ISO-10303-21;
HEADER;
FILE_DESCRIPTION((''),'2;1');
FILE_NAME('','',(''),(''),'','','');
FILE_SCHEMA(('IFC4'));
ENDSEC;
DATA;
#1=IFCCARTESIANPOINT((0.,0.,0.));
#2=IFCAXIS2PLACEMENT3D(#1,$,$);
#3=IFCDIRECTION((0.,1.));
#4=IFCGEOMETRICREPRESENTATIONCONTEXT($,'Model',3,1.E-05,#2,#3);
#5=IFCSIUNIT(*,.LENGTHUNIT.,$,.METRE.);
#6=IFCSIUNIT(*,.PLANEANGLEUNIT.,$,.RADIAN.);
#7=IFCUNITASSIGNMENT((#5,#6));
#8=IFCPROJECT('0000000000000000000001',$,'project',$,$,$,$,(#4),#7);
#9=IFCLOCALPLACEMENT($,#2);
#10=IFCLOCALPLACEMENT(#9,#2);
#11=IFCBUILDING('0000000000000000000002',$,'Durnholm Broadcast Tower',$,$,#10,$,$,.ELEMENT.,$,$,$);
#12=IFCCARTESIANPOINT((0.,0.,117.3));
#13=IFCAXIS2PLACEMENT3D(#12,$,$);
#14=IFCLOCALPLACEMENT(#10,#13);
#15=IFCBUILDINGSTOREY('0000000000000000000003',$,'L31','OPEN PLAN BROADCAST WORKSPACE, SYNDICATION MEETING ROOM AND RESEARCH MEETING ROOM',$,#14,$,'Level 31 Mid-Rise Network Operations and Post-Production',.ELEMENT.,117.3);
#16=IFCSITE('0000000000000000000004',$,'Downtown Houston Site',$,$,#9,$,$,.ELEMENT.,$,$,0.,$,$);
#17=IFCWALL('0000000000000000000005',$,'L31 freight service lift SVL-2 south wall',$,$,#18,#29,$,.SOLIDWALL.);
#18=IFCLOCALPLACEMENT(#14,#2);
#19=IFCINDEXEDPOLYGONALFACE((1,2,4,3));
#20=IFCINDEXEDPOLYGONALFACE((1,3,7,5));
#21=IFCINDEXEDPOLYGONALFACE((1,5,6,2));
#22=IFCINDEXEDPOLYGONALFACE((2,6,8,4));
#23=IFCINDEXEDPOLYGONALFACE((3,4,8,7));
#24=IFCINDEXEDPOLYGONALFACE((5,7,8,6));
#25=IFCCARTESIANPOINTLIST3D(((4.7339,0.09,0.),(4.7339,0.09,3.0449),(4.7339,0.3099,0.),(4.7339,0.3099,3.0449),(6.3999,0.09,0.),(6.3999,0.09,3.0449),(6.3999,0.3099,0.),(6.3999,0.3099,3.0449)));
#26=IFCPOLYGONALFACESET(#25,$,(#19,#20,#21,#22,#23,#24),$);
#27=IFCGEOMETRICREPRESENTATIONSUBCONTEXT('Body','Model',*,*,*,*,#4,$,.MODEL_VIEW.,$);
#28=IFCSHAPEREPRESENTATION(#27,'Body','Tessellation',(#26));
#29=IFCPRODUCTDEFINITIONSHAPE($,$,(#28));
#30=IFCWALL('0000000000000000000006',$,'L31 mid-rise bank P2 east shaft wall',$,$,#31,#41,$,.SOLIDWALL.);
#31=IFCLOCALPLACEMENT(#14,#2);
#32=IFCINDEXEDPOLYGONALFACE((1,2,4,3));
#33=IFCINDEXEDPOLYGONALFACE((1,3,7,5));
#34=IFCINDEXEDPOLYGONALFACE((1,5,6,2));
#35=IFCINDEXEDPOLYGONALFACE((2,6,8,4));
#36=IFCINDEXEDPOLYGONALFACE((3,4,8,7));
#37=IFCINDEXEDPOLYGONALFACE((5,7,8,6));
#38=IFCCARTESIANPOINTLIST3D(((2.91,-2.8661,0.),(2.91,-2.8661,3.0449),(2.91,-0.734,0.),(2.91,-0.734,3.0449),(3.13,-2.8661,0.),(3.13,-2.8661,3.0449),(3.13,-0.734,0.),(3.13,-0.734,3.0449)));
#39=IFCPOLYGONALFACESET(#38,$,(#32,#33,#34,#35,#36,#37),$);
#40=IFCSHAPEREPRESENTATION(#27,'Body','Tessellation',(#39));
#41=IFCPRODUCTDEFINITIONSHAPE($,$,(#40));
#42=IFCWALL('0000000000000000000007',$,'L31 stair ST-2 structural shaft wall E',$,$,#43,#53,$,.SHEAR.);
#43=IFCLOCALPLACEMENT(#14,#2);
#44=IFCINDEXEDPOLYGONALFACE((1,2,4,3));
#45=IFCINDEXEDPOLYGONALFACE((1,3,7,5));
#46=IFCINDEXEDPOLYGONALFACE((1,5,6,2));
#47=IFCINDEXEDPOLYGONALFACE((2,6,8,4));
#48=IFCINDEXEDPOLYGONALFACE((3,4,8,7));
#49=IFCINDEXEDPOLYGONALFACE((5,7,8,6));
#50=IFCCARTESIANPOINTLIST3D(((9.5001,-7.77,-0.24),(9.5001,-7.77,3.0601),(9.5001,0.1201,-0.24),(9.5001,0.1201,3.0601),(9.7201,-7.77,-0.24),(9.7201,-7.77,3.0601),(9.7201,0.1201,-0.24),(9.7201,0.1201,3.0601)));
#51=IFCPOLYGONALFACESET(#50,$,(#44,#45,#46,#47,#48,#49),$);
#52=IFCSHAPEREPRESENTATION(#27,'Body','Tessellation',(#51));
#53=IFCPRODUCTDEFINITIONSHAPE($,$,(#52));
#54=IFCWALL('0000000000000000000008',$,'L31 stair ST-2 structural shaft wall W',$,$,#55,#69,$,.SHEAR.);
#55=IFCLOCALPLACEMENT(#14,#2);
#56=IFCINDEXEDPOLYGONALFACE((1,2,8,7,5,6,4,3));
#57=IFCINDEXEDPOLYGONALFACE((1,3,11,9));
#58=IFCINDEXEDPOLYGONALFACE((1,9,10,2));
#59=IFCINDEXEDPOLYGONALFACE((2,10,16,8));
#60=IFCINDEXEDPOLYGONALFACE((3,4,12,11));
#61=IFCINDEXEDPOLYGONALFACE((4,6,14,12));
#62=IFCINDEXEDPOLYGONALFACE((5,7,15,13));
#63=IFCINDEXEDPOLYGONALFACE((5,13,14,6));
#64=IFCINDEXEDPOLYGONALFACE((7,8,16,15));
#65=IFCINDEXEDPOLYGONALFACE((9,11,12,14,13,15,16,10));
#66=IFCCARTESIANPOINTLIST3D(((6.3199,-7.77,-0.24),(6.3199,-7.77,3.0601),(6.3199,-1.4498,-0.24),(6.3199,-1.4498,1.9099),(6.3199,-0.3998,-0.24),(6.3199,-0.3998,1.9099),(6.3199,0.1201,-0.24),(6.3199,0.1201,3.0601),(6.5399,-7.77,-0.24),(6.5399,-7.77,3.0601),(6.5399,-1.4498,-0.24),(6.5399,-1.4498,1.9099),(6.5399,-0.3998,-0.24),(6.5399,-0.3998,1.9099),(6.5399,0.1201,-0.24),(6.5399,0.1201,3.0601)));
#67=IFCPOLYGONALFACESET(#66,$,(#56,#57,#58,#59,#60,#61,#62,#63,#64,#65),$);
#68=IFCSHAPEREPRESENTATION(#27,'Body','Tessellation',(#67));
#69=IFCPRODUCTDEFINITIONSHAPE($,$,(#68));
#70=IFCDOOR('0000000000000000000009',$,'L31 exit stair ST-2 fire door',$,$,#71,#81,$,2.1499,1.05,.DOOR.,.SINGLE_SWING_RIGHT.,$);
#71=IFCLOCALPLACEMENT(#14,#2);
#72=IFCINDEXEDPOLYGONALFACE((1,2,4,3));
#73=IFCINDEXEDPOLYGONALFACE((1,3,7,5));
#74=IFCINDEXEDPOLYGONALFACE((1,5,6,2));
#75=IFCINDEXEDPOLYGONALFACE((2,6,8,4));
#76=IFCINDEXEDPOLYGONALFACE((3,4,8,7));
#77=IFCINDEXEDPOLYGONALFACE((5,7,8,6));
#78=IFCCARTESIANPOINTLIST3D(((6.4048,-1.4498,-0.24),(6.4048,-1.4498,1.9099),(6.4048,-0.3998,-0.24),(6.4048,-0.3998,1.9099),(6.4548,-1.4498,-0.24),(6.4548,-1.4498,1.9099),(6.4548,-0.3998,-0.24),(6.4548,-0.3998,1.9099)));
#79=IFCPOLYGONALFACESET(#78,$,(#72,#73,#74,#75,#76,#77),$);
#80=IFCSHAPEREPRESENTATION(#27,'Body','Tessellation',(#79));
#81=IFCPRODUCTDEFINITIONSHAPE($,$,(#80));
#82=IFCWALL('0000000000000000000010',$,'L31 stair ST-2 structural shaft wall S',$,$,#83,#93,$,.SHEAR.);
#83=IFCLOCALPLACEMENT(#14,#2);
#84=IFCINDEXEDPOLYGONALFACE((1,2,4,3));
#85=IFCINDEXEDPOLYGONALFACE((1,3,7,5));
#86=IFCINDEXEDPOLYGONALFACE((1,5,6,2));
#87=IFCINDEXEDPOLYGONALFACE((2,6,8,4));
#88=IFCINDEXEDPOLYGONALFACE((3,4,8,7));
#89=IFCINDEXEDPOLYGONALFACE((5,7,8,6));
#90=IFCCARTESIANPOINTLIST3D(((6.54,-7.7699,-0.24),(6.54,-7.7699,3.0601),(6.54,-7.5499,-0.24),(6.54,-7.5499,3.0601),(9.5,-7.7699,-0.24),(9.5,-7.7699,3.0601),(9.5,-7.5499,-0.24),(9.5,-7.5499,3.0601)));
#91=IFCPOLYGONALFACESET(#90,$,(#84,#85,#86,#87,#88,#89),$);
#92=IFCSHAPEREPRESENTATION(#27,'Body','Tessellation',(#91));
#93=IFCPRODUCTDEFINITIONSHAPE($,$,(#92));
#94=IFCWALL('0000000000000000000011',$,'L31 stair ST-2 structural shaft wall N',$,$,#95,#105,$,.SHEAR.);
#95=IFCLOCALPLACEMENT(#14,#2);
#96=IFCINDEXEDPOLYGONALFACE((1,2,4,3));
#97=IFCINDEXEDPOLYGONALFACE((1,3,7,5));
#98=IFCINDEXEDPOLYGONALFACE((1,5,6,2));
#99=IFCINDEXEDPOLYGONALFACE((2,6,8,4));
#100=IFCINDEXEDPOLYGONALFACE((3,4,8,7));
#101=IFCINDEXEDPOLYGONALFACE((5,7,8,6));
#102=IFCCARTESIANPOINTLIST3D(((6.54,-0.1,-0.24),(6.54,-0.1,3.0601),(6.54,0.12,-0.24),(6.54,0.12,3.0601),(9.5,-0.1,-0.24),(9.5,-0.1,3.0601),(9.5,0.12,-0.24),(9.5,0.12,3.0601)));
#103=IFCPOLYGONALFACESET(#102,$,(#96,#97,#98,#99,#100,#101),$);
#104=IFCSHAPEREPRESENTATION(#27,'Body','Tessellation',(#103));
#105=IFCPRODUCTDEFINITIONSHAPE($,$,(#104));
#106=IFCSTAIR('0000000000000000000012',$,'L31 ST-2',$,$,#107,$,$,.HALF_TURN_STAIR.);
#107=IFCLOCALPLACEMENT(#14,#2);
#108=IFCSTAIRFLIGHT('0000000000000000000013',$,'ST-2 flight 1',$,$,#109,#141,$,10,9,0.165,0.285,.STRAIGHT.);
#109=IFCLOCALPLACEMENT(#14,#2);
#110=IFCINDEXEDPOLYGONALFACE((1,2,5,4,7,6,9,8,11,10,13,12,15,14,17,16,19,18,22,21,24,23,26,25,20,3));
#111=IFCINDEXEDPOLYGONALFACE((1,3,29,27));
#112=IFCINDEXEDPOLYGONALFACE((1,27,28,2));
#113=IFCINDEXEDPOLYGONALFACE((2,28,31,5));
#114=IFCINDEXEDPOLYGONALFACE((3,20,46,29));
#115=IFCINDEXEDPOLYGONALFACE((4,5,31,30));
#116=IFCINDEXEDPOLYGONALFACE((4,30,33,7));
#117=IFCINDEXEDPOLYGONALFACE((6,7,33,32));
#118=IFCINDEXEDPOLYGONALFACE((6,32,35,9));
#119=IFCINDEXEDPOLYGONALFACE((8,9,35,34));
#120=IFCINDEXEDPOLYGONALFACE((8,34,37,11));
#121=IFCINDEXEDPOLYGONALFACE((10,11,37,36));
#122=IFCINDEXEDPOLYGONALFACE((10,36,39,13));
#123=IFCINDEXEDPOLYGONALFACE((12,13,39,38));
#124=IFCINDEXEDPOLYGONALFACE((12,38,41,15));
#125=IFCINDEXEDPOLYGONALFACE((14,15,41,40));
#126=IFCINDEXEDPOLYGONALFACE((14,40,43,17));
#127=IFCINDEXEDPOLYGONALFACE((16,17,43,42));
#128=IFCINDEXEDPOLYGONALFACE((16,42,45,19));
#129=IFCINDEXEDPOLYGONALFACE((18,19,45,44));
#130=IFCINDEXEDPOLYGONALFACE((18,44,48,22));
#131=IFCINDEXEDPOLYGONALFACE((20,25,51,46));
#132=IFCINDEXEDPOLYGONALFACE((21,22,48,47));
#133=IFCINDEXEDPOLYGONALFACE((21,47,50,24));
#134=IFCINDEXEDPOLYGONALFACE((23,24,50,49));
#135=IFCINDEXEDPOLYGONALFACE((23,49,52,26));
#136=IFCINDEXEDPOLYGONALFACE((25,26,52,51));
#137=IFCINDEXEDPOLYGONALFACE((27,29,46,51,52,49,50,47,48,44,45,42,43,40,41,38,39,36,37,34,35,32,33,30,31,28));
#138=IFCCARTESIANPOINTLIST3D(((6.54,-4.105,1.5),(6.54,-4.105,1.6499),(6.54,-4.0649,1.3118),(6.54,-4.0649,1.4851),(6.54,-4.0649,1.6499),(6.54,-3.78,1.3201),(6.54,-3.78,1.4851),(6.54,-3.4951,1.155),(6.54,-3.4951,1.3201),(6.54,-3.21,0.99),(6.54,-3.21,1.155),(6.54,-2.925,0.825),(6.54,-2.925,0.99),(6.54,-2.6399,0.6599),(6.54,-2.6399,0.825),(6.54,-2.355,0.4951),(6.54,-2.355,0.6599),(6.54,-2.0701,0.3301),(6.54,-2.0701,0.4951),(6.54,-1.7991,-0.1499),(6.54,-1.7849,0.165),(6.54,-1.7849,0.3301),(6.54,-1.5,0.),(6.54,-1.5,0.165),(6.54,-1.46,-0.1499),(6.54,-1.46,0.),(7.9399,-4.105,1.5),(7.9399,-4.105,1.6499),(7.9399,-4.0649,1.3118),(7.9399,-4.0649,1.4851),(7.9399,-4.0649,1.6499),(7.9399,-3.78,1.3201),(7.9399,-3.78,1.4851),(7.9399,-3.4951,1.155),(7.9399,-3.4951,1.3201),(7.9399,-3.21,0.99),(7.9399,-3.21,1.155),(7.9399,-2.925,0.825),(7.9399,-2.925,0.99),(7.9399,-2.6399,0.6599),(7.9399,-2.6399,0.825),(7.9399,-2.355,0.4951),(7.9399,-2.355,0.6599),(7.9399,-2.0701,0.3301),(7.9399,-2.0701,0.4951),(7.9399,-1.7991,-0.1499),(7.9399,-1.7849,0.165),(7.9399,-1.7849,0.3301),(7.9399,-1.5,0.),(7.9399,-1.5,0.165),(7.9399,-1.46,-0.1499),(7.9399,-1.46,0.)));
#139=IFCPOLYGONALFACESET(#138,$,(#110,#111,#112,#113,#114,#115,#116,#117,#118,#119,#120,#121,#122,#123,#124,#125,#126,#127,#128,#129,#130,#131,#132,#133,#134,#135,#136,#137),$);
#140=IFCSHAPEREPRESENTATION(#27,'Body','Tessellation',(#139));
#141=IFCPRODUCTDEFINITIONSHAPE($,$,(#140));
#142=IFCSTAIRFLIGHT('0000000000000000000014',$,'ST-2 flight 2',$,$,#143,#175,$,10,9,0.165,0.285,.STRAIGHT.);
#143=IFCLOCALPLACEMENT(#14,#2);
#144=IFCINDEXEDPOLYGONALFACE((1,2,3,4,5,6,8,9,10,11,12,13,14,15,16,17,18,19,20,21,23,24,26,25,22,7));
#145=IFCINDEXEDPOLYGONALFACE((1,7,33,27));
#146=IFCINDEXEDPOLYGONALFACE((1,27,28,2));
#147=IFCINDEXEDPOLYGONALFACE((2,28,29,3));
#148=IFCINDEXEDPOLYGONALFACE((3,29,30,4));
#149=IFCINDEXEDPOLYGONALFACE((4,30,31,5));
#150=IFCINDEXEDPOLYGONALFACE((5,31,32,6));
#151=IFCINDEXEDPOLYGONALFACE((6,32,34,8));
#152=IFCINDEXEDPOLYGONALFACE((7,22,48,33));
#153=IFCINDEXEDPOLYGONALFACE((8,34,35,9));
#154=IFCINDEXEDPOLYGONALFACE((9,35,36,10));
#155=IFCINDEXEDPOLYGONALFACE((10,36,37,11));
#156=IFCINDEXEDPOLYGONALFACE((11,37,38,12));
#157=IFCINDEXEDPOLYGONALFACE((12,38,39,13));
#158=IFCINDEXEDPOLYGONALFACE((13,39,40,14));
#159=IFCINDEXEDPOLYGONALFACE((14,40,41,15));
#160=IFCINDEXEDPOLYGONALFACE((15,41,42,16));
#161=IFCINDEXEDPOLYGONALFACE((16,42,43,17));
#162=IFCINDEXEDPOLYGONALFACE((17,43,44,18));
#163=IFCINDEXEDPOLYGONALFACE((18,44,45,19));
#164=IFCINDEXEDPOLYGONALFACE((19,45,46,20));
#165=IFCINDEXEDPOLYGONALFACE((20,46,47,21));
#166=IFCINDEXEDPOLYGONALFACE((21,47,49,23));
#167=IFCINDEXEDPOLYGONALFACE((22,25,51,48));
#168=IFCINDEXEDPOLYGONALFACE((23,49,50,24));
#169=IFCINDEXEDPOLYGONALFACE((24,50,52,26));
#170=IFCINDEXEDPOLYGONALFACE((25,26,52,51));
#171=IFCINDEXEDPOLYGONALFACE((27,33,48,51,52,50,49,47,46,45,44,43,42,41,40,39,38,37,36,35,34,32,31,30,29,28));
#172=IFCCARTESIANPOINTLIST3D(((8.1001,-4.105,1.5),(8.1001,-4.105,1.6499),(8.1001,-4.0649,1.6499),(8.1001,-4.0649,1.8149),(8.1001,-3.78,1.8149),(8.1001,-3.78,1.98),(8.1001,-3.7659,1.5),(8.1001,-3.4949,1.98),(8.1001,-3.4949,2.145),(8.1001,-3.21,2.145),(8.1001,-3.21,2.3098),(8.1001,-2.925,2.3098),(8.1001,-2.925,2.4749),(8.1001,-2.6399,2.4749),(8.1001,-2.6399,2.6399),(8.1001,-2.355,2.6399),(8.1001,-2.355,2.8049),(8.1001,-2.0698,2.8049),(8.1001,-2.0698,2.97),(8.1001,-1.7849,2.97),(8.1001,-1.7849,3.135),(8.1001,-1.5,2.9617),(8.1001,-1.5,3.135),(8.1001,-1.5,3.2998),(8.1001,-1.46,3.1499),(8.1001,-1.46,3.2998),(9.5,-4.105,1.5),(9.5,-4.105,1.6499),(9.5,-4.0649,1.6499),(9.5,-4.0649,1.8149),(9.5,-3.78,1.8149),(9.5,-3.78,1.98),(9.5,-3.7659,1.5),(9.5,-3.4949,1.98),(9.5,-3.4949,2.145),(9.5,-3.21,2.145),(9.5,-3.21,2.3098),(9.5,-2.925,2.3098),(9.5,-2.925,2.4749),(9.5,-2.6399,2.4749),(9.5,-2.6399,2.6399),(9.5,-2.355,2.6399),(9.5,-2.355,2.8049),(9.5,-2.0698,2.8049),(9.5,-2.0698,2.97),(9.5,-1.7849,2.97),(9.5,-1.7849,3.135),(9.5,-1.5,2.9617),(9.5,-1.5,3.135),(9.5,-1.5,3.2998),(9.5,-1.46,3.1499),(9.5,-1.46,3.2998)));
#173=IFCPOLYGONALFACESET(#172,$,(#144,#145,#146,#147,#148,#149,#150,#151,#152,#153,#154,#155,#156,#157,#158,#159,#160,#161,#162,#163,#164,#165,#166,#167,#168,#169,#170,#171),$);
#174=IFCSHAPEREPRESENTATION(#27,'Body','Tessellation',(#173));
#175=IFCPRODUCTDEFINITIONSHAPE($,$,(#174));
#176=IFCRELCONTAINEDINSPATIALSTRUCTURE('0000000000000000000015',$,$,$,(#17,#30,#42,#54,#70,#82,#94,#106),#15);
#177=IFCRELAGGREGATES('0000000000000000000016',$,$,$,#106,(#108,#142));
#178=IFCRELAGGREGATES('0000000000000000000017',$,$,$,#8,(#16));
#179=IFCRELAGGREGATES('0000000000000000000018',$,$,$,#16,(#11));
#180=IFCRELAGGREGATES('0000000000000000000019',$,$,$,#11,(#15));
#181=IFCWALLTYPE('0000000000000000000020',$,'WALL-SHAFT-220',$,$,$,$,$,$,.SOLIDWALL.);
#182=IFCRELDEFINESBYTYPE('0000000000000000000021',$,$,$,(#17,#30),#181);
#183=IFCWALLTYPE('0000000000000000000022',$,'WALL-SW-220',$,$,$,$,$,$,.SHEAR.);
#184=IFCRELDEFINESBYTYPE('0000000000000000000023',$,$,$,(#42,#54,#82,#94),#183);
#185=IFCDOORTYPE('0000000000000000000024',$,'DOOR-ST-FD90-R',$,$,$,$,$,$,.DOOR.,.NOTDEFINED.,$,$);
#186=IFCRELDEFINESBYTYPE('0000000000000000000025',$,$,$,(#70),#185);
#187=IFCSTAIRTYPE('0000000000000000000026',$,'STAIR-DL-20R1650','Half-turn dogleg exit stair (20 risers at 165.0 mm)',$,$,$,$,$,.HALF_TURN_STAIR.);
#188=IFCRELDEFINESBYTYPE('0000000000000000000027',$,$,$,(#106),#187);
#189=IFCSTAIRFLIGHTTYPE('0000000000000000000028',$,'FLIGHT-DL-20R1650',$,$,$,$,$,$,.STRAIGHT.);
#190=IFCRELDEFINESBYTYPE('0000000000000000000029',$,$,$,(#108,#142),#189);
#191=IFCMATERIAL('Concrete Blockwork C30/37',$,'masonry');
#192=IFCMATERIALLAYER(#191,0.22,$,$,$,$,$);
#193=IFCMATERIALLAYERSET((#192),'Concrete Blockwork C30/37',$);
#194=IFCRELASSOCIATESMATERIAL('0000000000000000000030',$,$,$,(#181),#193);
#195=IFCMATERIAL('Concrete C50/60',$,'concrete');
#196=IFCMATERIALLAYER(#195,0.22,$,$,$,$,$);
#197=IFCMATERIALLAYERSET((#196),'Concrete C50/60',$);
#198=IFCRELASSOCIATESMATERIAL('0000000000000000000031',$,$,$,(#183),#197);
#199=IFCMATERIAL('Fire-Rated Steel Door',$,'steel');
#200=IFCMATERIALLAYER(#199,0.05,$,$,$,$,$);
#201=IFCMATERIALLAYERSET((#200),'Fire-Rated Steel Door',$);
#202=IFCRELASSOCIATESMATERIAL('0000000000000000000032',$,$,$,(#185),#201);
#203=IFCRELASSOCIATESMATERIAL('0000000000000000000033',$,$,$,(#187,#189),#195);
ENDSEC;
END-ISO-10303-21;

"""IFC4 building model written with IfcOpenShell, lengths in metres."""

from ifc_helpers import new_model, si_unit, direction, frame, frame_2d, origin, place, context, subcontext, project, spatial, polyline, rectangle, outline, extrude, source, transform, mapped, material, layer, layer_set, type_object, type_shapes, element, fill, aggregate, save


model = new_model("IFC4")

# Units and contexts
model_context = context("Model", 3, precision=1e-05, world=origin(), true_north=direction((0.0, 1.0)))
body_context = subcontext(model_context, "Body", "Model", "MODEL_VIEW")
ifc_project = project(units=[si_unit("LENGTHUNIT", "METRE"), si_unit("PLANEANGLEUNIT", "RADIAN")], contexts=[model_context])

# Site, building, storey
site_placement = place(None, origin())
site = spatial("IfcSite", under=ifc_project, at=site_placement, Name="Downtown Houston Site", CompositionType="ELEMENT", RefElevation=0.0)
building_placement = place(site_placement, origin())
building = spatial("IfcBuilding", under=site, at=building_placement, Name="Durnholm Broadcast Tower", CompositionType="ELEMENT")
storey_placement = place(building_placement, frame((0.0, 0.0, 117.3)))
storey = spatial("IfcBuildingStorey", under=building, at=storey_placement, Name="L31", Description="OPEN PLAN BROADCAST WORKSPACE, SYNDICATION MEETING ROOM AND RESEARCH MEETING ROOM", LongName="Level 31 Mid-Rise Network Operations and Post-Production", CompositionType="ELEMENT", Elevation=117.3)

# Walls
ifc_material_1 = material(Name="Concrete Blockwork C30/37", Category="masonry")
ifc_layer_1 = layer(ifc_material_1, 0.22)
ifc_layer_set_1 = layer_set([ifc_layer_1], Name="Concrete Blockwork C30/37")
wall_type_1 = type_object("IfcWallType", Name="WALL-SHAFT-220", PredefinedType="SOLIDWALL", material=ifc_layer_set_1)
wall_1_placement = place(storey_placement, frame((4.7339, 0.2, 0.0), z_axis=(0.0, 0.0, 1.0), x_axis=(1.0, 0.0, 0.0)))
element("IfcWall", 1, at=wall_1_placement, inside=storey, type_object=wall_type_1, Name="L31 freight service lift SVL-2 south wall", PredefinedType="SOLIDWALL", context=body_context, shape_type="SweptSolid", body=[
    extrude(rectangle(XDim=1.666, YDim=0.22, at=frame_2d((0.833, 0.0))), origin(), (0.0, 0.0, 1.0), 3.0449),
])
wall_2_placement = place(storey_placement, frame((3.02, -2.866, 0.0), z_axis=(0.0, 0.0, 1.0), x_axis=(0.0, 1.0, 0.0)))
element("IfcWall", 2, at=wall_2_placement, inside=storey, type_object=wall_type_1, Name="L31 mid-rise bank P2 east shaft wall", PredefinedType="SOLIDWALL", context=body_context, shape_type="SweptSolid", body=[
    extrude(rectangle(XDim=2.1321, YDim=0.22, at=frame_2d((1.0659, 0.0))), origin(), (0.0, 0.0, 1.0), 3.0449),
])
ifc_material_2 = material(Name="Concrete C50/60", Category="concrete")
ifc_layer_2 = layer(ifc_material_2, 0.22)
ifc_layer_set_2 = layer_set([ifc_layer_2], Name="Concrete C50/60")
wall_type_2 = type_object("IfcWallType", Name="WALL-SW-220", PredefinedType="SHEAR", material=ifc_layer_set_2)
wall_3_placement = place(storey_placement, frame((9.6101, -7.77, -0.24), z_axis=(0.0, 0.0, 1.0), x_axis=(0.0, 1.0, 0.0)))
element("IfcWall", 3, at=wall_3_placement, inside=storey, type_object=wall_type_2, Name="L31 stair ST-2 structural shaft wall E", PredefinedType="SHEAR", context=body_context, shape_type="SweptSolid", body=[
    extrude(rectangle(XDim=7.8901, YDim=0.22, at=frame_2d((3.9451, 0.0))), origin(), (0.0, 0.0, 1.0), 3.3),
])

# Wall, opening, door
wall_4_placement = place(storey_placement, frame((6.4299, 0.1201, -0.24), z_axis=(0.0, 0.0, 1.0), x_axis=(0.0, -1.0, 0.0)))
wall_4 = element("IfcWall", 4, at=wall_4_placement, inside=storey, type_object=wall_type_2, Name="L31 stair ST-2 structural shaft wall W", PredefinedType="SHEAR", context=body_context, shape_type="SweptSolid", body=[
    extrude(rectangle(XDim=7.8901, YDim=0.22, at=frame_2d((3.9451, 0.0))), origin(), (0.0, 0.0, 1.0), 3.3),
])
opening_1_placement = place(wall_4_placement, frame((0.52, 0.0, 0.0)))
opening_1 = element("IfcOpeningElement", 5, at=opening_1_placement, cuts=wall_4, PredefinedType="OPENING", context=body_context, shape_type="SweptSolid", body=[
    extrude(rectangle(XDim=1.05, YDim=2.1499, at=frame_2d((0.5249, 1.075))), frame((0.0, 0.1201, 0.0), z_axis=(0.0, -1.0, 0.0), x_axis=(1.0, 0.0, 0.0)), (0.0, 0.0, 1.0), 0.24),
])
ifc_material_3 = material(Name="Fire-Rated Steel Door", Category="steel")
ifc_layer_3 = layer(ifc_material_3, 0.05)
ifc_layer_set_3 = layer_set([ifc_layer_3], Name="Fire-Rated Steel Door")
door_type_1 = type_object("IfcDoorType", Name="DOOR-ST-FD90-R", OperationType="NOTDEFINED", PredefinedType="DOOR", material=ifc_layer_set_3)
shared_shape_1 = source(origin(), body_context, "Body", "SweptSolid", [
    extrude(rectangle(XDim=1.05, YDim=2.1499, at=frame_2d((0.5249, 1.075))), frame((0.0, 0.0249, 0.0), z_axis=(0.0, -1.0, 0.0), x_axis=(1.0, 0.0, 0.0)), (0.0, 0.0, 1.0), 0.05),
])
type_shapes(door_type_1, [shared_shape_1])
door_1_placement = place(opening_1_placement, origin())
door_1 = element("IfcDoor", 6, at=door_1_placement, inside=storey, type_object=door_type_1, Name="L31 exit stair ST-2 fire door", OperationType="SINGLE_SWING_RIGHT", OverallHeight=2.1499, OverallWidth=1.05, PredefinedType="DOOR", context=body_context, shape_type="MappedRepresentation", body=[
    mapped(shared_shape_1, transform((0.0, 0.0, 0.0), x_axis=(1.0, 0.0, 0.0), y_axis=(0.0, 1.0, 0.0), z_axis=(0.0, 0.0, 1.0), scale=1.0)),
])
fill(opening_1, door_1)

# Walls
for number, where, z_axis, x_axis, name in (
    (7, (6.54, -7.6599, -0.24), (0.0, 0.0, 1.0), (1.0, 0.0, 0.0), "L31 stair ST-2 structural shaft wall S"),
    (8, (9.5, 0.01, -0.24), (0.0, 0.0, 1.0), (-1.0, 0.0, 0.0), "L31 stair ST-2 structural shaft wall N"),
):
    element("IfcWall", number, at=place(storey_placement, frame(where, z_axis=z_axis, x_axis=x_axis)), inside=storey, type_object=wall_type_2, Name=name, PredefinedType="SHEAR", context=body_context, shape_type="SweptSolid", body=[
        extrude(rectangle(XDim=2.96, YDim=0.22, at=frame_2d((1.48, 0.0))), origin(), (0.0, 0.0, 1.0), 3.3),
    ])

# Stair, stair flights
stair_type = type_object("IfcStairType", Name="STAIR-DL-20R1650", Description="Half-turn dogleg exit stair (20 risers at 165.0 mm)", PredefinedType="HALF_TURN_STAIR", material=ifc_material_2)
stair_placement = place(storey_placement, origin())
stair = element("IfcStair", 9, at=stair_placement, inside=storey, type_object=stair_type, Name="L31 ST-2", PredefinedType="HALF_TURN_STAIR")
stair_flight_type = type_object("IfcStairFlightType", Name="FLIGHT-DL-20R1650", PredefinedType="STRAIGHT", material=ifc_material_2)
stair_flight_1_placement = place(storey_placement, frame((7.24, -1.5, 0.0), z_axis=(0.0, 0.0, 1.0), x_axis=(0.0, -1.0, 0.0)))
stair_flight_1 = element("IfcStairFlight", 10, at=stair_flight_1_placement, type_object=stair_flight_type, Name="ST-2 flight 1", NumberOfRisers=10, NumberOfTreads=9, PredefinedType="STRAIGHT", RiserHeight=0.165, TreadLength=0.285, context=body_context, shape_type="SweptSolid", body=[
    extrude(outline(polyline([(-0.04, -0.1499), (-0.04, 0.0), (0.0, 0.0), (0.0, 0.165), (0.2849, 0.165), (0.2849, 0.3301), (0.5701, 0.3301), (0.5701, 0.4951), (0.855, 0.4951), (0.855, 0.6599), (1.1399, 0.6599), (1.1399, 0.825), (1.425, 0.825), (1.425, 0.99), (1.71, 0.99), (1.71, 1.155), (1.9951, 1.155), (1.9951, 1.3201), (2.28, 1.3201), (2.28, 1.4851), (2.5649, 1.4851), (2.5649, 1.6499), (2.605, 1.6499), (2.605, 1.5), (2.5649, 1.3118), (0.2991, -0.1499), (-0.04, -0.1499)])), frame((0.0, 0.7, 0.0), z_axis=(0.0, -1.0, 0.0), x_axis=(1.0, 0.0, 0.0)), (0.0, 0.0, 1.0), 1.3999),
])
stair_flight_2_placement = place(storey_placement, frame((8.8, -4.0649, 1.6499), z_axis=(0.0, 0.0, 1.0), x_axis=(0.0, 1.0, 0.0)))
stair_flight_2 = element("IfcStairFlight", 11, at=stair_flight_2_placement, type_object=stair_flight_type, Name="ST-2 flight 2", NumberOfRisers=10, NumberOfTreads=9, PredefinedType="STRAIGHT", RiserHeight=0.165, TreadLength=0.285, context=body_context, shape_type="SweptSolid", body=[
    extrude(outline(polyline([(-0.04, -0.1499), (-0.04, 0.0), (0.0, 0.0), (0.0, 0.165), (0.2849, 0.165), (0.2849, 0.3301), (0.5701, 0.3301), (0.5701, 0.4951), (0.855, 0.4951), (0.855, 0.6599), (1.1399, 0.6599), (1.1399, 0.825), (1.425, 0.825), (1.425, 0.99), (1.71, 0.99), (1.71, 1.155), (1.9951, 1.155), (1.9951, 1.3201), (2.28, 1.3201), (2.28, 1.4851), (2.5649, 1.4851), (2.5649, 1.6499), (2.605, 1.6499), (2.605, 1.5), (2.5649, 1.3118), (0.2991, -0.1499), (-0.04, -0.1499)])), frame((0.0, 0.7, 0.0), z_axis=(0.0, -1.0, 0.0), x_axis=(1.0, 0.0, 0.0)), (0.0, 0.0, 1.0), 1.3999),
])
aggregate(stair, [stair_flight_1, stair_flight_2])

save(model, "model.ifc")
